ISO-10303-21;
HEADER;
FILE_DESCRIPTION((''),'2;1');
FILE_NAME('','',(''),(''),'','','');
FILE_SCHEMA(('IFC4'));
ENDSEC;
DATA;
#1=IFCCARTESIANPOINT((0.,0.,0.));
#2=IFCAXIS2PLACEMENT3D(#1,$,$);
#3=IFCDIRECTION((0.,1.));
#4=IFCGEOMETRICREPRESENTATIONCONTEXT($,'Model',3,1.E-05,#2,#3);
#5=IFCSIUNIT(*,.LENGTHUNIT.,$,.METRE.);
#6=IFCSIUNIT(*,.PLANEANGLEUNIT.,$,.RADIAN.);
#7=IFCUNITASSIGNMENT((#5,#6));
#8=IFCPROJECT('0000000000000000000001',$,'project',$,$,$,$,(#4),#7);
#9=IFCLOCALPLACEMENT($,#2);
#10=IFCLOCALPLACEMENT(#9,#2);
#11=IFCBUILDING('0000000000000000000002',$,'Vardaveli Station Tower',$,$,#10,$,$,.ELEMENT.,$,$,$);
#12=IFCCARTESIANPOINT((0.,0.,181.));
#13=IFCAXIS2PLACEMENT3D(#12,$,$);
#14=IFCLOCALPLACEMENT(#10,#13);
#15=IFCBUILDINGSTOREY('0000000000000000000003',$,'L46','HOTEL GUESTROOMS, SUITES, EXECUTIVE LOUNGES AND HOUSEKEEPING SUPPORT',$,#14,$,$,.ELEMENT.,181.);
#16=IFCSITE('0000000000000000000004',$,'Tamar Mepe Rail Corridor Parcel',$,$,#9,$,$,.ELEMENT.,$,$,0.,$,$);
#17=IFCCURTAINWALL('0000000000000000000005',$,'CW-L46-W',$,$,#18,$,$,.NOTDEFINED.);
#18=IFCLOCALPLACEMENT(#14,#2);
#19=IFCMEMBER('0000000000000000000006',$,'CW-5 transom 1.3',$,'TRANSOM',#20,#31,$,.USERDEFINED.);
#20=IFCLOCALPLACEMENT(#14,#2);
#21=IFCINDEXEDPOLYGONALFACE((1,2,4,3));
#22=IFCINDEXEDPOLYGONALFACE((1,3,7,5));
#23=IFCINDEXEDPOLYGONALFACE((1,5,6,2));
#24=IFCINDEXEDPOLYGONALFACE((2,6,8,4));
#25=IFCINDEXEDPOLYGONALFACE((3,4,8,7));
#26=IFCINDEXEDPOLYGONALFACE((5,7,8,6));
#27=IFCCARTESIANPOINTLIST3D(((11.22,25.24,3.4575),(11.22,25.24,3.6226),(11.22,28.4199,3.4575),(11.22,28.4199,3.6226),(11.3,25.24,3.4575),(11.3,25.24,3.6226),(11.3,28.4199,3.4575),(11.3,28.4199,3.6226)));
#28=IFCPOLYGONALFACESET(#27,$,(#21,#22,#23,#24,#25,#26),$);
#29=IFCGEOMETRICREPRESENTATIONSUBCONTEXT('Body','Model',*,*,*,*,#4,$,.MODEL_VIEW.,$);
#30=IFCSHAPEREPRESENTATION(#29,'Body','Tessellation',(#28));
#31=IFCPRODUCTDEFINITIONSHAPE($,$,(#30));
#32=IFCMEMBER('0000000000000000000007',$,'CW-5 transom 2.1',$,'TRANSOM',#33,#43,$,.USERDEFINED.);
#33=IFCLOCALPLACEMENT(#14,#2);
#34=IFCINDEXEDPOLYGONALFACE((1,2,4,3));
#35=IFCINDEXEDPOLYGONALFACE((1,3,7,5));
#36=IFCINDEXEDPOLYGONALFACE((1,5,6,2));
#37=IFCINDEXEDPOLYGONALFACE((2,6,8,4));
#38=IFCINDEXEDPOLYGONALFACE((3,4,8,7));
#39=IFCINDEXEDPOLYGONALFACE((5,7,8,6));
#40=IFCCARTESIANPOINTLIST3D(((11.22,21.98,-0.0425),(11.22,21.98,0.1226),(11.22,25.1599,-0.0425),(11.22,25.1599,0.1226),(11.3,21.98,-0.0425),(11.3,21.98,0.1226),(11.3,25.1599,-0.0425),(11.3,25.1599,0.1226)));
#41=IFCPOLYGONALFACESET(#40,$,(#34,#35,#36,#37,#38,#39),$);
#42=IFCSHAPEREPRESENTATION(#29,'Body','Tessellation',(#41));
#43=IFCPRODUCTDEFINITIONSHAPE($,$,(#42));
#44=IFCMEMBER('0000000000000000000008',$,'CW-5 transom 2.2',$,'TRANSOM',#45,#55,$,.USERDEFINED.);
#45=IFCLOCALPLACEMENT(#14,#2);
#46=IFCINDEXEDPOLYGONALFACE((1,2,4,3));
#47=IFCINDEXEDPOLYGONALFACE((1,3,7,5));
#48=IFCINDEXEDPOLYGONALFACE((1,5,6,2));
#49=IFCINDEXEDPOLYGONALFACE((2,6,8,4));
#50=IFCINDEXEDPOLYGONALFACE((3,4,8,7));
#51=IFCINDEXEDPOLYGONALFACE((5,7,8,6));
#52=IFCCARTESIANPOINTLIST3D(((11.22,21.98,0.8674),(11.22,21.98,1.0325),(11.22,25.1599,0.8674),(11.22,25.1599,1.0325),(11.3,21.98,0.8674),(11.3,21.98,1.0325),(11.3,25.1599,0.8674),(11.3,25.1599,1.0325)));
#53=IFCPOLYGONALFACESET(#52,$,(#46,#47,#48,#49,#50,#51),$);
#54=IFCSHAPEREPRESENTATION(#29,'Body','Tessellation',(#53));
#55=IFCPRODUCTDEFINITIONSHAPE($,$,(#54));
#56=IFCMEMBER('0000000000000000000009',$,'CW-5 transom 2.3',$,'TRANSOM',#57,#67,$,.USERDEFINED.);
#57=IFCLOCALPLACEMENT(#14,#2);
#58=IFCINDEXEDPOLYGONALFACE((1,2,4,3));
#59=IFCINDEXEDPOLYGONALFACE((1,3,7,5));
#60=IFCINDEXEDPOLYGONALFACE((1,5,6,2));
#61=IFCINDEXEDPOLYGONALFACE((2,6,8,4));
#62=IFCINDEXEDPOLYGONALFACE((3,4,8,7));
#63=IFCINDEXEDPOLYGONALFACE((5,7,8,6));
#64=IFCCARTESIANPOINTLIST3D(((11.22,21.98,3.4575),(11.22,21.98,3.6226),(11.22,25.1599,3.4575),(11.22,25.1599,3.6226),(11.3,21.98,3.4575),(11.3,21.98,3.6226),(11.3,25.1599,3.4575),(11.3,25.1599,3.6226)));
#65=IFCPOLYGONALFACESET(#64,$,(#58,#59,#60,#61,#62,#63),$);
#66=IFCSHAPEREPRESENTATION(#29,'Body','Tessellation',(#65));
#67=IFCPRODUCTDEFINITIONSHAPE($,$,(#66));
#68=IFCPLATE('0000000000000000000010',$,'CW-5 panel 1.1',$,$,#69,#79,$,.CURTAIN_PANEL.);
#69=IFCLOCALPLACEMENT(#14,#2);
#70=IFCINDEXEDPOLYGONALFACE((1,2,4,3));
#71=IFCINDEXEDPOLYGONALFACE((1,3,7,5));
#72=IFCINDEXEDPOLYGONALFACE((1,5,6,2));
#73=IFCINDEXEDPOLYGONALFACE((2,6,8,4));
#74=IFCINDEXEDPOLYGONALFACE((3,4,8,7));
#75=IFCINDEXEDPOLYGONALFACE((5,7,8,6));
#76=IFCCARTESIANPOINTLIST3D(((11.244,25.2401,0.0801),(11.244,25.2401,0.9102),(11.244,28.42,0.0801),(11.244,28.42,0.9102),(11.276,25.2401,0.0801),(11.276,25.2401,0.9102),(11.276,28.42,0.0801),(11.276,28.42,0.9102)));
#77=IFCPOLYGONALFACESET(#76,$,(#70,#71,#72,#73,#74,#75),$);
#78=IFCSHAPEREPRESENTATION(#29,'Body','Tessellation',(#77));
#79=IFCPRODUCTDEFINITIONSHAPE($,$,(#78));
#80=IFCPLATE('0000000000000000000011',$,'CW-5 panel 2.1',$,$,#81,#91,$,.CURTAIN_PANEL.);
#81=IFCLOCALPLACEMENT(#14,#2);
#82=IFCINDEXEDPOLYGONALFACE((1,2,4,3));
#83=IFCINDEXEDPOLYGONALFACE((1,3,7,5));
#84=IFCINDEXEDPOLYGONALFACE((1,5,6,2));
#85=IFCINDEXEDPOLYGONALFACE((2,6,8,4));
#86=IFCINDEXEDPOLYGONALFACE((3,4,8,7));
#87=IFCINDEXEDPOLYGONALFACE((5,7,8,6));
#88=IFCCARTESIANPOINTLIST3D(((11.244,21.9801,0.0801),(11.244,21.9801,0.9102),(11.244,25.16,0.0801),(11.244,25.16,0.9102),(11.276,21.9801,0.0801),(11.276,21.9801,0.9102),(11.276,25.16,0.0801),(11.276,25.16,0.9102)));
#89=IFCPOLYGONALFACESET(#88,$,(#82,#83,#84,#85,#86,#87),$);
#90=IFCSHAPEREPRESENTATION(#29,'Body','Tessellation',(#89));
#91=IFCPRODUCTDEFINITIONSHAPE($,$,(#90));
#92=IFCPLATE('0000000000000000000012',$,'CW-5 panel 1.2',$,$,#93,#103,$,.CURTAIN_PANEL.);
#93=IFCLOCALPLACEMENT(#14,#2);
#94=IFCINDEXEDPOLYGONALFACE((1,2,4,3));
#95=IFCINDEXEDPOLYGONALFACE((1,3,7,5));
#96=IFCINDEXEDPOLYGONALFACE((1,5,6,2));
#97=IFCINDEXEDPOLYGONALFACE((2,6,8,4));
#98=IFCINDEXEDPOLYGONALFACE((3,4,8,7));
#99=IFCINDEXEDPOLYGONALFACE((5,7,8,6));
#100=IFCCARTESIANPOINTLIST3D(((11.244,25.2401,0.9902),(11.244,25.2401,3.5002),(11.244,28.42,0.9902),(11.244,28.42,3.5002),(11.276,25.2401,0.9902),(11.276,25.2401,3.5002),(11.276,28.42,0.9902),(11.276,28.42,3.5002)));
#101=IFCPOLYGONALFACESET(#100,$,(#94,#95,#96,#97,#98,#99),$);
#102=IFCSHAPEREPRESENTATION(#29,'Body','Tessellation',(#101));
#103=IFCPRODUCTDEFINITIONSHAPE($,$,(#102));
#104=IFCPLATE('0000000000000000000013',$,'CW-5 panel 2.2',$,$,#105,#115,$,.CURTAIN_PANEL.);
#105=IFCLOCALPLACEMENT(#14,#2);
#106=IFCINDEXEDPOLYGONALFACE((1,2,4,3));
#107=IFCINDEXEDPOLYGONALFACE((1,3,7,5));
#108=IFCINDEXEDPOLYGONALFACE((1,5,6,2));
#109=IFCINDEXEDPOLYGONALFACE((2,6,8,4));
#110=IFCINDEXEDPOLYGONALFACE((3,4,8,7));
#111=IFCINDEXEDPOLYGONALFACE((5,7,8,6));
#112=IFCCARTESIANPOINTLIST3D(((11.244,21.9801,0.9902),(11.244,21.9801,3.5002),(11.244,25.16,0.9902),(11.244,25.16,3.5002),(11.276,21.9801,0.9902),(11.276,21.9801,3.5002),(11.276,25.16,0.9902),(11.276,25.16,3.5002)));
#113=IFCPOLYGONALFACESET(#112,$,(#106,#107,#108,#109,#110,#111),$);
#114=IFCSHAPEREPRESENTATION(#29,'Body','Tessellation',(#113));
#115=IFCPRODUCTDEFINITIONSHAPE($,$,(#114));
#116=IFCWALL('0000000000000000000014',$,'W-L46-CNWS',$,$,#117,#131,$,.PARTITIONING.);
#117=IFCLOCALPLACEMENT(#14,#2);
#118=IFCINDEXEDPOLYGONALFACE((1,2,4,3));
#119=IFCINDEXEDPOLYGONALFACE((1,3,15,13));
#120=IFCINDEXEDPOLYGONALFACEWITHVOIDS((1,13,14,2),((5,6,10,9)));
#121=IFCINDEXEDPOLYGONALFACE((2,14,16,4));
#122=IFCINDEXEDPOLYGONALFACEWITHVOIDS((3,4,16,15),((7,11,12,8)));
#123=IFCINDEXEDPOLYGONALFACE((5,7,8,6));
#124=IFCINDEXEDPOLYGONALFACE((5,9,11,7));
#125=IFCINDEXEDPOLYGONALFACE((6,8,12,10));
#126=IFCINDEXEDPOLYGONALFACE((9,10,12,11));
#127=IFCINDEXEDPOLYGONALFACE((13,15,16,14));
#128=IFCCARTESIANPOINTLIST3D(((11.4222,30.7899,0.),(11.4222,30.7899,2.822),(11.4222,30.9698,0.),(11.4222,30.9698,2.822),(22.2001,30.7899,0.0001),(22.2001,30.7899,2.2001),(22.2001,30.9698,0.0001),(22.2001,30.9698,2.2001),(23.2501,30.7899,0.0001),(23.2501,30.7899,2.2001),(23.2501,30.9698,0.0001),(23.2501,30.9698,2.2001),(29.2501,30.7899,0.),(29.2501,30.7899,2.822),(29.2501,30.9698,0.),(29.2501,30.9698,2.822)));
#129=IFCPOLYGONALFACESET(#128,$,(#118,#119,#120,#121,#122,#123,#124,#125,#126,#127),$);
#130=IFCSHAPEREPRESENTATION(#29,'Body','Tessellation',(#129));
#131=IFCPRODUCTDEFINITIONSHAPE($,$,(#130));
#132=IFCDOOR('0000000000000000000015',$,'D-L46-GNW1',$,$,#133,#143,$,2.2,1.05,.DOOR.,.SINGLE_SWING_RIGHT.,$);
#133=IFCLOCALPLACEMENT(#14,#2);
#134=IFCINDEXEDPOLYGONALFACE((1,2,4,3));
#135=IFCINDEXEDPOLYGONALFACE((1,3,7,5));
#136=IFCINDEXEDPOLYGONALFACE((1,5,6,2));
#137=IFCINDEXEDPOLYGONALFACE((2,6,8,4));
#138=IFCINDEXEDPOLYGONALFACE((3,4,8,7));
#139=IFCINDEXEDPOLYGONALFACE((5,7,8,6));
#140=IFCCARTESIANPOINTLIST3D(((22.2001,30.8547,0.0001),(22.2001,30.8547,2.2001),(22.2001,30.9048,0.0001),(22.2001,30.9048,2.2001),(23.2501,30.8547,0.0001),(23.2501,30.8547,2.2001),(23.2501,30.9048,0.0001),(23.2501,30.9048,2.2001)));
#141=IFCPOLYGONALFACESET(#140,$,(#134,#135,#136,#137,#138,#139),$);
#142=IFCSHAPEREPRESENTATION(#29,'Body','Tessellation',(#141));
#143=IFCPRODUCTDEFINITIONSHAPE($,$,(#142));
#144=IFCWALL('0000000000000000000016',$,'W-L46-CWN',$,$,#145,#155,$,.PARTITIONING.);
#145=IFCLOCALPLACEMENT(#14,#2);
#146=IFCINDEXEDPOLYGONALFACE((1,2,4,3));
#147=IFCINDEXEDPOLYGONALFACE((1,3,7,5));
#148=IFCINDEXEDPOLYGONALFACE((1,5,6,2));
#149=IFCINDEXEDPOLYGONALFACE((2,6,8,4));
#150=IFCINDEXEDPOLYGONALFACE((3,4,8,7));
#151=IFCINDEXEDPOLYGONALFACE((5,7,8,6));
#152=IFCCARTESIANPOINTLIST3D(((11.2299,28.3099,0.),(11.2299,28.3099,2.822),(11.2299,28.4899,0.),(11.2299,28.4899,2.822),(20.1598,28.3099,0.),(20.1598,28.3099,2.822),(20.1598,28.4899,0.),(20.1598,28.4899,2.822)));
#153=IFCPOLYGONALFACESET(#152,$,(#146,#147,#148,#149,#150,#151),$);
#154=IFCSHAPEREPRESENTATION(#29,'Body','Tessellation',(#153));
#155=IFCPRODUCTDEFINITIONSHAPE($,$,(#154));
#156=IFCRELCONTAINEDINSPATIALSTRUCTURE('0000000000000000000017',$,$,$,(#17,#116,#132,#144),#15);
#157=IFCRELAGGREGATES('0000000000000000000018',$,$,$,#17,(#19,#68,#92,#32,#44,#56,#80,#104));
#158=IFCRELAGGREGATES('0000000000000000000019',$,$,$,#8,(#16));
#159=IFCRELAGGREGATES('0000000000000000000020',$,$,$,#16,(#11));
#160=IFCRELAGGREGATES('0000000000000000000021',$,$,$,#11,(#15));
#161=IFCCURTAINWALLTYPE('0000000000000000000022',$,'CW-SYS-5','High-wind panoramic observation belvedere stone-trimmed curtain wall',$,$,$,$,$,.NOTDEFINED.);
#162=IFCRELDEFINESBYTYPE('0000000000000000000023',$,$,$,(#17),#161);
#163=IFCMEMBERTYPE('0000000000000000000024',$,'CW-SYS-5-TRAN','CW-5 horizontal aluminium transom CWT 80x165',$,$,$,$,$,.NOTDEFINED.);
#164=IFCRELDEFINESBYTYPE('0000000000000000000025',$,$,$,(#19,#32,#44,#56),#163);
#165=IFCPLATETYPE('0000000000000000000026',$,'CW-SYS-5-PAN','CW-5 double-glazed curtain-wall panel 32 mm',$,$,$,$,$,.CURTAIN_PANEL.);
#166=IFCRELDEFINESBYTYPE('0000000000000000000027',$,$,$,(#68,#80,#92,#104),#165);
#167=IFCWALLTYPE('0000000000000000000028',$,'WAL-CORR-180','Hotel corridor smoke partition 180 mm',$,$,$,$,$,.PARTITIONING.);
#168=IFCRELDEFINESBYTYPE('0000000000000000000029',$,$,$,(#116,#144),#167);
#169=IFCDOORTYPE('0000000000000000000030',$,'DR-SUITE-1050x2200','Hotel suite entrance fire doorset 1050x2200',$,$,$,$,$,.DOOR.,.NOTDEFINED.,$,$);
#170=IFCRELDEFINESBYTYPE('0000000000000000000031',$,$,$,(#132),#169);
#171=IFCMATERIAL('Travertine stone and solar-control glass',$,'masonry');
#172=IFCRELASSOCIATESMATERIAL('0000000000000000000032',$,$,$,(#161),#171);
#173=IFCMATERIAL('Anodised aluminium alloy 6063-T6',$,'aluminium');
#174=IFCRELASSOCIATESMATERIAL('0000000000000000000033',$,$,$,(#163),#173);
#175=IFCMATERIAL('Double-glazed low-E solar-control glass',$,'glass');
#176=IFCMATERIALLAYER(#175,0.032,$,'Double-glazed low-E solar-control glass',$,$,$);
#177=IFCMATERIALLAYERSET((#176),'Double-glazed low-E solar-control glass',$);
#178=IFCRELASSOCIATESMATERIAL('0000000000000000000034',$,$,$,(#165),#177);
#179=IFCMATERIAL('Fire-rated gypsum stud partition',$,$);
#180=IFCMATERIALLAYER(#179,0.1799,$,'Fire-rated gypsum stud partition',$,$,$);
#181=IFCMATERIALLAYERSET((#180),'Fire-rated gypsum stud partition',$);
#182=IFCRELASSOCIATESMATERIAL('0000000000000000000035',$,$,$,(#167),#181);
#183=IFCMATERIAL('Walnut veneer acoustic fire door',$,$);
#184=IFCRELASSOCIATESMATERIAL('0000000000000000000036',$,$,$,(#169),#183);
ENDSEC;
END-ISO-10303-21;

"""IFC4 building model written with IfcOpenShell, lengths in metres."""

from ifc_helpers import new_model, si_unit, direction, frame, frame_2d, origin, origin_2d, place, context, subcontext, project, spatial, rectangle, extrude, source, transform, mapped, material, layer, layer_set, material_profile, profile_set, type_object, element, fill, aggregate, save


model = new_model("IFC4")

# Units and contexts
model_context = context("Model", 3, precision=1e-05, world=origin(), true_north=direction((0.0, 1.0)))
body_context = subcontext(model_context, "Body", "Model", "MODEL_VIEW")
ifc_project = project(units=[si_unit("LENGTHUNIT", "METRE"), si_unit("PLANEANGLEUNIT", "RADIAN")], contexts=[model_context])

# Site, building, storey
site_placement = place(None, origin())
site = spatial("IfcSite", under=ifc_project, at=site_placement, Name="Tamar Mepe Rail Corridor Parcel", CompositionType="ELEMENT", RefElevation=0.0)
building_placement = place(site_placement, origin())
building = spatial("IfcBuilding", under=site, at=building_placement, Name="Vardaveli Station Tower", CompositionType="ELEMENT")
storey_placement = place(building_placement, frame((0.0, 0.0, 181.0)))
storey = spatial("IfcBuildingStorey", under=building, at=storey_placement, Name="L46", Description="HOTEL GUESTROOMS, SUITES, EXECUTIVE LOUNGES AND HOUSEKEEPING SUPPORT", CompositionType="ELEMENT", Elevation=181.0)

# Curtain wall, members, plates
ifc_material_1 = material(Name="Travertine stone and solar-control glass", Category="masonry")
curtain_wall_type = type_object("IfcCurtainWallType", Name="CW-SYS-5", Description="High-wind panoramic observation belvedere stone-trimmed curtain wall", PredefinedType="NOTDEFINED", material=ifc_material_1)
curtain_wall_placement = place(storey_placement, origin())
curtain_wall = element("IfcCurtainWall", 1, at=curtain_wall_placement, inside=storey, type_object=curtain_wall_type, Name="CW-L46-W", PredefinedType="NOTDEFINED")
ifc_material_2 = material(Name="Anodised aluminium alloy 6063-T6", Category="aluminium")
ifc_material_profile_1 = material_profile(ifc_material_2, rectangle(XDim=0.0801, YDim=0.165, at=origin_2d()), Name="CWT 80x165")
ifc_profile_set_1 = profile_set([ifc_material_profile_1], Name="Anodised aluminium alloy 6063-T6")
member_type_1 = type_object("IfcMemberType", Name="CW-SYS-5-TRAN", Description="CW-5 horizontal aluminium transom CWT 80x165", PredefinedType="NOTDEFINED", material=ifc_profile_set_1)
shared_shape_1 = source(origin(), body_context, "Body", "SweptSolid", [
    extrude(rectangle(XDim=0.0801, YDim=0.165, at=origin_2d()), origin(), (0.0, 0.0, 1.0), 3.1799),
])
member_1_placement = place(storey_placement, frame((11.26, 28.4199, 3.54), z_axis=(0.0, -1.0, 0.0), x_axis=(1.0, 0.0, 0.0)))
member_1 = element("IfcMember", 2, at=member_1_placement, type_object=member_type_1, Name="CW-5 transom 1.3", ObjectType="TRANSOM", PredefinedType="USERDEFINED", context=body_context, shape_type="MappedRepresentation", body=[
    mapped(shared_shape_1, transform((0.0, 0.0, 0.0), scale=1.0)),
])
member_2_placement = place(storey_placement, frame((11.26, 25.1599, 0.04), z_axis=(0.0, -1.0, 0.0), x_axis=(1.0, 0.0, 0.0)))
member_2 = element("IfcMember", 3, at=member_2_placement, type_object=member_type_1, Name="CW-5 transom 2.1", ObjectType="TRANSOM", PredefinedType="USERDEFINED", context=body_context, shape_type="MappedRepresentation", body=[
    mapped(shared_shape_1, transform((0.0, 0.0, 0.0), scale=1.0)),
])
member_3_placement = place(storey_placement, frame((11.26, 25.1599, 0.95), z_axis=(0.0, -1.0, 0.0), x_axis=(1.0, 0.0, 0.0)))
member_3 = element("IfcMember", 4, at=member_3_placement, type_object=member_type_1, Name="CW-5 transom 2.2", ObjectType="TRANSOM", PredefinedType="USERDEFINED", context=body_context, shape_type="MappedRepresentation", body=[
    mapped(shared_shape_1, transform((0.0, 0.0, 0.0), scale=1.0)),
])
member_4_placement = place(storey_placement, frame((11.26, 25.1599, 3.54), z_axis=(0.0, -1.0, 0.0), x_axis=(1.0, 0.0, 0.0)))
member_4 = element("IfcMember", 5, at=member_4_placement, type_object=member_type_1, Name="CW-5 transom 2.3", ObjectType="TRANSOM", PredefinedType="USERDEFINED", context=body_context, shape_type="MappedRepresentation", body=[
    mapped(shared_shape_1, transform((0.0, 0.0, 0.0), scale=1.0)),
])
ifc_material_3 = material(Name="Double-glazed low-E solar-control glass", Category="glass")
ifc_layer_1 = layer(ifc_material_3, 0.032, Name="Double-glazed low-E solar-control glass")
ifc_layer_set_1 = layer_set([ifc_layer_1], Name="Double-glazed low-E solar-control glass")
plate_type = type_object("IfcPlateType", Name="CW-SYS-5-PAN", Description="CW-5 double-glazed curtain-wall panel 32 mm", PredefinedType="CURTAIN_PANEL", material=ifc_layer_set_1)
shared_shape_2 = source(origin(), body_context, "Body", "SweptSolid", [
    extrude(rectangle(XDim=3.1799, YDim=0.032, at=origin_2d()), origin(), (0.0, 0.0, 1.0), 0.8301),
])
plate_1_placement = place(storey_placement, frame((11.26, 26.8301, 0.0801), z_axis=(0.0, 0.0, 1.0), x_axis=(0.0, -1.0, 0.0)))
plate_1 = element("IfcPlate", 6, at=plate_1_placement, type_object=plate_type, Name="CW-5 panel 1.1", PredefinedType="CURTAIN_PANEL", context=body_context, shape_type="MappedRepresentation", body=[
    mapped(shared_shape_2, transform((0.0, 0.0, 0.0), scale=1.0)),
])
plate_2_placement = place(storey_placement, frame((11.26, 23.5701, 0.0801), z_axis=(0.0, 0.0, 1.0), x_axis=(0.0, -1.0, 0.0)))
plate_2 = element("IfcPlate", 7, at=plate_2_placement, type_object=plate_type, Name="CW-5 panel 2.1", PredefinedType="CURTAIN_PANEL", context=body_context, shape_type="MappedRepresentation", body=[
    mapped(shared_shape_2, transform((0.0, 0.0, 0.0), scale=1.0)),
])
shared_shape_3 = source(origin(), body_context, "Body", "SweptSolid", [
    extrude(rectangle(XDim=3.1799, YDim=0.032, at=origin_2d()), origin(), (0.0, 0.0, 1.0), 2.51),
])
plate_3_placement = place(storey_placement, frame((11.26, 26.8301, 0.9902), z_axis=(0.0, 0.0, 1.0), x_axis=(0.0, -1.0, 0.0)))
plate_3 = element("IfcPlate", 8, at=plate_3_placement, type_object=plate_type, Name="CW-5 panel 1.2", PredefinedType="CURTAIN_PANEL", context=body_context, shape_type="MappedRepresentation", body=[
    mapped(shared_shape_3, transform((0.0, 0.0, 0.0), scale=1.0)),
])
plate_4_placement = place(storey_placement, frame((11.26, 23.5701, 0.9902), z_axis=(0.0, 0.0, 1.0), x_axis=(0.0, -1.0, 0.0)))
plate_4 = element("IfcPlate", 9, at=plate_4_placement, type_object=plate_type, Name="CW-5 panel 2.2", PredefinedType="CURTAIN_PANEL", context=body_context, shape_type="MappedRepresentation", body=[
    mapped(shared_shape_3, transform((0.0, 0.0, 0.0), scale=1.0)),
])
aggregate(curtain_wall, [member_1, plate_1, plate_3, member_2, member_3, member_4, plate_2, plate_4])

# Wall, opening, door
ifc_material_4 = material(Name="Fire-rated gypsum stud partition")
ifc_layer_2 = layer(ifc_material_4, 0.1799, Name="Fire-rated gypsum stud partition")
ifc_layer_set_2 = layer_set([ifc_layer_2], Name="Fire-rated gypsum stud partition")
wall_type = type_object("IfcWallType", Name="WAL-CORR-180", Description="Hotel corridor smoke partition 180 mm", PredefinedType="PARTITIONING", material=ifc_layer_set_2)
shared_shape_4 = source(origin(), body_context, "Body", "SweptSolid", [
    extrude(rectangle(XDim=17.8279, YDim=0.1799, at=frame_2d((8.9141, 0.0))), origin(), (0.0, 0.0, 1.0), 2.822),
])
wall_1_placement = place(storey_placement, frame((11.4221, 30.8799, 0.0), z_axis=(0.0, 0.0, 1.0), x_axis=(1.0, 0.0, 0.0)))
wall_1 = element("IfcWall", 10, at=wall_1_placement, inside=storey, type_object=wall_type, Name="W-L46-CNWS", PredefinedType="PARTITIONING", context=body_context, shape_type="MappedRepresentation", body=[
    mapped(shared_shape_4, transform((0.0, 0.0, 0.0), scale=1.0)),
])
shared_shape_5 = source(origin(), body_context, "Body", "SweptSolid", [
    extrude(rectangle(XDim=1.05, YDim=2.2, at=frame_2d((0.5249, 1.1001))), frame((0.0, 0.1001, 0.0), z_axis=(0.0, -1.0, 0.0), x_axis=(1.0, 0.0, 0.0)), (0.0, 0.0, 1.0), 0.2),
])
opening_placement = place(wall_1_placement, frame((10.7781, 0.0, 0.0)))
opening = element("IfcOpeningElement", 11, at=opening_placement, cuts=wall_1, PredefinedType="OPENING", context=body_context, shape_type="MappedRepresentation", body=[
    mapped(shared_shape_5, transform((0.0, 0.0, 0.0), scale=1.0)),
])
ifc_material_5 = material(Name="Walnut veneer acoustic fire door")
door_type = type_object("IfcDoorType", Name="DR-SUITE-1050x2200", Description="Hotel suite entrance fire doorset 1050x2200", OperationType="NOTDEFINED", PredefinedType="DOOR", material=ifc_material_5)
shared_shape_6 = source(origin(), body_context, "Body", "SweptSolid", [
    extrude(rectangle(XDim=1.05, YDim=2.2, at=frame_2d((0.5249, 1.1001))), frame((0.0, 0.0249, 0.0), z_axis=(0.0, -1.0, 0.0), x_axis=(1.0, 0.0, 0.0)), (0.0, 0.0, 1.0), 0.05),
])
door_placement = place(opening_placement, origin())
door = element("IfcDoor", 12, at=door_placement, inside=storey, type_object=door_type, Name="D-L46-GNW1", OperationType="SINGLE_SWING_RIGHT", OverallHeight=2.2, OverallWidth=1.05, PredefinedType="DOOR", context=body_context, shape_type="MappedRepresentation", body=[
    mapped(shared_shape_6, transform((0.0, 0.0, 0.0), scale=1.0)),
])
fill(opening, door)

# Wall
shared_shape_7 = source(origin(), body_context, "Body", "SweptSolid", [
    extrude(rectangle(XDim=8.9299, YDim=0.1799, at=frame_2d((4.4648, 0.0))), origin(), (0.0, 0.0, 1.0), 2.822),
])
wall_2_placement = place(storey_placement, frame((11.23, 28.3999, 0.0), z_axis=(0.0, 0.0, 1.0), x_axis=(1.0, 0.0, 0.0)))
element("IfcWall", 13, at=wall_2_placement, inside=storey, type_object=wall_type, Name="W-L46-CWN", PredefinedType="PARTITIONING", context=body_context, shape_type="MappedRepresentation", body=[
    mapped(shared_shape_7, transform((0.0, 0.0, 0.0), scale=1.0)),
])

save(model, "model.ifc")
